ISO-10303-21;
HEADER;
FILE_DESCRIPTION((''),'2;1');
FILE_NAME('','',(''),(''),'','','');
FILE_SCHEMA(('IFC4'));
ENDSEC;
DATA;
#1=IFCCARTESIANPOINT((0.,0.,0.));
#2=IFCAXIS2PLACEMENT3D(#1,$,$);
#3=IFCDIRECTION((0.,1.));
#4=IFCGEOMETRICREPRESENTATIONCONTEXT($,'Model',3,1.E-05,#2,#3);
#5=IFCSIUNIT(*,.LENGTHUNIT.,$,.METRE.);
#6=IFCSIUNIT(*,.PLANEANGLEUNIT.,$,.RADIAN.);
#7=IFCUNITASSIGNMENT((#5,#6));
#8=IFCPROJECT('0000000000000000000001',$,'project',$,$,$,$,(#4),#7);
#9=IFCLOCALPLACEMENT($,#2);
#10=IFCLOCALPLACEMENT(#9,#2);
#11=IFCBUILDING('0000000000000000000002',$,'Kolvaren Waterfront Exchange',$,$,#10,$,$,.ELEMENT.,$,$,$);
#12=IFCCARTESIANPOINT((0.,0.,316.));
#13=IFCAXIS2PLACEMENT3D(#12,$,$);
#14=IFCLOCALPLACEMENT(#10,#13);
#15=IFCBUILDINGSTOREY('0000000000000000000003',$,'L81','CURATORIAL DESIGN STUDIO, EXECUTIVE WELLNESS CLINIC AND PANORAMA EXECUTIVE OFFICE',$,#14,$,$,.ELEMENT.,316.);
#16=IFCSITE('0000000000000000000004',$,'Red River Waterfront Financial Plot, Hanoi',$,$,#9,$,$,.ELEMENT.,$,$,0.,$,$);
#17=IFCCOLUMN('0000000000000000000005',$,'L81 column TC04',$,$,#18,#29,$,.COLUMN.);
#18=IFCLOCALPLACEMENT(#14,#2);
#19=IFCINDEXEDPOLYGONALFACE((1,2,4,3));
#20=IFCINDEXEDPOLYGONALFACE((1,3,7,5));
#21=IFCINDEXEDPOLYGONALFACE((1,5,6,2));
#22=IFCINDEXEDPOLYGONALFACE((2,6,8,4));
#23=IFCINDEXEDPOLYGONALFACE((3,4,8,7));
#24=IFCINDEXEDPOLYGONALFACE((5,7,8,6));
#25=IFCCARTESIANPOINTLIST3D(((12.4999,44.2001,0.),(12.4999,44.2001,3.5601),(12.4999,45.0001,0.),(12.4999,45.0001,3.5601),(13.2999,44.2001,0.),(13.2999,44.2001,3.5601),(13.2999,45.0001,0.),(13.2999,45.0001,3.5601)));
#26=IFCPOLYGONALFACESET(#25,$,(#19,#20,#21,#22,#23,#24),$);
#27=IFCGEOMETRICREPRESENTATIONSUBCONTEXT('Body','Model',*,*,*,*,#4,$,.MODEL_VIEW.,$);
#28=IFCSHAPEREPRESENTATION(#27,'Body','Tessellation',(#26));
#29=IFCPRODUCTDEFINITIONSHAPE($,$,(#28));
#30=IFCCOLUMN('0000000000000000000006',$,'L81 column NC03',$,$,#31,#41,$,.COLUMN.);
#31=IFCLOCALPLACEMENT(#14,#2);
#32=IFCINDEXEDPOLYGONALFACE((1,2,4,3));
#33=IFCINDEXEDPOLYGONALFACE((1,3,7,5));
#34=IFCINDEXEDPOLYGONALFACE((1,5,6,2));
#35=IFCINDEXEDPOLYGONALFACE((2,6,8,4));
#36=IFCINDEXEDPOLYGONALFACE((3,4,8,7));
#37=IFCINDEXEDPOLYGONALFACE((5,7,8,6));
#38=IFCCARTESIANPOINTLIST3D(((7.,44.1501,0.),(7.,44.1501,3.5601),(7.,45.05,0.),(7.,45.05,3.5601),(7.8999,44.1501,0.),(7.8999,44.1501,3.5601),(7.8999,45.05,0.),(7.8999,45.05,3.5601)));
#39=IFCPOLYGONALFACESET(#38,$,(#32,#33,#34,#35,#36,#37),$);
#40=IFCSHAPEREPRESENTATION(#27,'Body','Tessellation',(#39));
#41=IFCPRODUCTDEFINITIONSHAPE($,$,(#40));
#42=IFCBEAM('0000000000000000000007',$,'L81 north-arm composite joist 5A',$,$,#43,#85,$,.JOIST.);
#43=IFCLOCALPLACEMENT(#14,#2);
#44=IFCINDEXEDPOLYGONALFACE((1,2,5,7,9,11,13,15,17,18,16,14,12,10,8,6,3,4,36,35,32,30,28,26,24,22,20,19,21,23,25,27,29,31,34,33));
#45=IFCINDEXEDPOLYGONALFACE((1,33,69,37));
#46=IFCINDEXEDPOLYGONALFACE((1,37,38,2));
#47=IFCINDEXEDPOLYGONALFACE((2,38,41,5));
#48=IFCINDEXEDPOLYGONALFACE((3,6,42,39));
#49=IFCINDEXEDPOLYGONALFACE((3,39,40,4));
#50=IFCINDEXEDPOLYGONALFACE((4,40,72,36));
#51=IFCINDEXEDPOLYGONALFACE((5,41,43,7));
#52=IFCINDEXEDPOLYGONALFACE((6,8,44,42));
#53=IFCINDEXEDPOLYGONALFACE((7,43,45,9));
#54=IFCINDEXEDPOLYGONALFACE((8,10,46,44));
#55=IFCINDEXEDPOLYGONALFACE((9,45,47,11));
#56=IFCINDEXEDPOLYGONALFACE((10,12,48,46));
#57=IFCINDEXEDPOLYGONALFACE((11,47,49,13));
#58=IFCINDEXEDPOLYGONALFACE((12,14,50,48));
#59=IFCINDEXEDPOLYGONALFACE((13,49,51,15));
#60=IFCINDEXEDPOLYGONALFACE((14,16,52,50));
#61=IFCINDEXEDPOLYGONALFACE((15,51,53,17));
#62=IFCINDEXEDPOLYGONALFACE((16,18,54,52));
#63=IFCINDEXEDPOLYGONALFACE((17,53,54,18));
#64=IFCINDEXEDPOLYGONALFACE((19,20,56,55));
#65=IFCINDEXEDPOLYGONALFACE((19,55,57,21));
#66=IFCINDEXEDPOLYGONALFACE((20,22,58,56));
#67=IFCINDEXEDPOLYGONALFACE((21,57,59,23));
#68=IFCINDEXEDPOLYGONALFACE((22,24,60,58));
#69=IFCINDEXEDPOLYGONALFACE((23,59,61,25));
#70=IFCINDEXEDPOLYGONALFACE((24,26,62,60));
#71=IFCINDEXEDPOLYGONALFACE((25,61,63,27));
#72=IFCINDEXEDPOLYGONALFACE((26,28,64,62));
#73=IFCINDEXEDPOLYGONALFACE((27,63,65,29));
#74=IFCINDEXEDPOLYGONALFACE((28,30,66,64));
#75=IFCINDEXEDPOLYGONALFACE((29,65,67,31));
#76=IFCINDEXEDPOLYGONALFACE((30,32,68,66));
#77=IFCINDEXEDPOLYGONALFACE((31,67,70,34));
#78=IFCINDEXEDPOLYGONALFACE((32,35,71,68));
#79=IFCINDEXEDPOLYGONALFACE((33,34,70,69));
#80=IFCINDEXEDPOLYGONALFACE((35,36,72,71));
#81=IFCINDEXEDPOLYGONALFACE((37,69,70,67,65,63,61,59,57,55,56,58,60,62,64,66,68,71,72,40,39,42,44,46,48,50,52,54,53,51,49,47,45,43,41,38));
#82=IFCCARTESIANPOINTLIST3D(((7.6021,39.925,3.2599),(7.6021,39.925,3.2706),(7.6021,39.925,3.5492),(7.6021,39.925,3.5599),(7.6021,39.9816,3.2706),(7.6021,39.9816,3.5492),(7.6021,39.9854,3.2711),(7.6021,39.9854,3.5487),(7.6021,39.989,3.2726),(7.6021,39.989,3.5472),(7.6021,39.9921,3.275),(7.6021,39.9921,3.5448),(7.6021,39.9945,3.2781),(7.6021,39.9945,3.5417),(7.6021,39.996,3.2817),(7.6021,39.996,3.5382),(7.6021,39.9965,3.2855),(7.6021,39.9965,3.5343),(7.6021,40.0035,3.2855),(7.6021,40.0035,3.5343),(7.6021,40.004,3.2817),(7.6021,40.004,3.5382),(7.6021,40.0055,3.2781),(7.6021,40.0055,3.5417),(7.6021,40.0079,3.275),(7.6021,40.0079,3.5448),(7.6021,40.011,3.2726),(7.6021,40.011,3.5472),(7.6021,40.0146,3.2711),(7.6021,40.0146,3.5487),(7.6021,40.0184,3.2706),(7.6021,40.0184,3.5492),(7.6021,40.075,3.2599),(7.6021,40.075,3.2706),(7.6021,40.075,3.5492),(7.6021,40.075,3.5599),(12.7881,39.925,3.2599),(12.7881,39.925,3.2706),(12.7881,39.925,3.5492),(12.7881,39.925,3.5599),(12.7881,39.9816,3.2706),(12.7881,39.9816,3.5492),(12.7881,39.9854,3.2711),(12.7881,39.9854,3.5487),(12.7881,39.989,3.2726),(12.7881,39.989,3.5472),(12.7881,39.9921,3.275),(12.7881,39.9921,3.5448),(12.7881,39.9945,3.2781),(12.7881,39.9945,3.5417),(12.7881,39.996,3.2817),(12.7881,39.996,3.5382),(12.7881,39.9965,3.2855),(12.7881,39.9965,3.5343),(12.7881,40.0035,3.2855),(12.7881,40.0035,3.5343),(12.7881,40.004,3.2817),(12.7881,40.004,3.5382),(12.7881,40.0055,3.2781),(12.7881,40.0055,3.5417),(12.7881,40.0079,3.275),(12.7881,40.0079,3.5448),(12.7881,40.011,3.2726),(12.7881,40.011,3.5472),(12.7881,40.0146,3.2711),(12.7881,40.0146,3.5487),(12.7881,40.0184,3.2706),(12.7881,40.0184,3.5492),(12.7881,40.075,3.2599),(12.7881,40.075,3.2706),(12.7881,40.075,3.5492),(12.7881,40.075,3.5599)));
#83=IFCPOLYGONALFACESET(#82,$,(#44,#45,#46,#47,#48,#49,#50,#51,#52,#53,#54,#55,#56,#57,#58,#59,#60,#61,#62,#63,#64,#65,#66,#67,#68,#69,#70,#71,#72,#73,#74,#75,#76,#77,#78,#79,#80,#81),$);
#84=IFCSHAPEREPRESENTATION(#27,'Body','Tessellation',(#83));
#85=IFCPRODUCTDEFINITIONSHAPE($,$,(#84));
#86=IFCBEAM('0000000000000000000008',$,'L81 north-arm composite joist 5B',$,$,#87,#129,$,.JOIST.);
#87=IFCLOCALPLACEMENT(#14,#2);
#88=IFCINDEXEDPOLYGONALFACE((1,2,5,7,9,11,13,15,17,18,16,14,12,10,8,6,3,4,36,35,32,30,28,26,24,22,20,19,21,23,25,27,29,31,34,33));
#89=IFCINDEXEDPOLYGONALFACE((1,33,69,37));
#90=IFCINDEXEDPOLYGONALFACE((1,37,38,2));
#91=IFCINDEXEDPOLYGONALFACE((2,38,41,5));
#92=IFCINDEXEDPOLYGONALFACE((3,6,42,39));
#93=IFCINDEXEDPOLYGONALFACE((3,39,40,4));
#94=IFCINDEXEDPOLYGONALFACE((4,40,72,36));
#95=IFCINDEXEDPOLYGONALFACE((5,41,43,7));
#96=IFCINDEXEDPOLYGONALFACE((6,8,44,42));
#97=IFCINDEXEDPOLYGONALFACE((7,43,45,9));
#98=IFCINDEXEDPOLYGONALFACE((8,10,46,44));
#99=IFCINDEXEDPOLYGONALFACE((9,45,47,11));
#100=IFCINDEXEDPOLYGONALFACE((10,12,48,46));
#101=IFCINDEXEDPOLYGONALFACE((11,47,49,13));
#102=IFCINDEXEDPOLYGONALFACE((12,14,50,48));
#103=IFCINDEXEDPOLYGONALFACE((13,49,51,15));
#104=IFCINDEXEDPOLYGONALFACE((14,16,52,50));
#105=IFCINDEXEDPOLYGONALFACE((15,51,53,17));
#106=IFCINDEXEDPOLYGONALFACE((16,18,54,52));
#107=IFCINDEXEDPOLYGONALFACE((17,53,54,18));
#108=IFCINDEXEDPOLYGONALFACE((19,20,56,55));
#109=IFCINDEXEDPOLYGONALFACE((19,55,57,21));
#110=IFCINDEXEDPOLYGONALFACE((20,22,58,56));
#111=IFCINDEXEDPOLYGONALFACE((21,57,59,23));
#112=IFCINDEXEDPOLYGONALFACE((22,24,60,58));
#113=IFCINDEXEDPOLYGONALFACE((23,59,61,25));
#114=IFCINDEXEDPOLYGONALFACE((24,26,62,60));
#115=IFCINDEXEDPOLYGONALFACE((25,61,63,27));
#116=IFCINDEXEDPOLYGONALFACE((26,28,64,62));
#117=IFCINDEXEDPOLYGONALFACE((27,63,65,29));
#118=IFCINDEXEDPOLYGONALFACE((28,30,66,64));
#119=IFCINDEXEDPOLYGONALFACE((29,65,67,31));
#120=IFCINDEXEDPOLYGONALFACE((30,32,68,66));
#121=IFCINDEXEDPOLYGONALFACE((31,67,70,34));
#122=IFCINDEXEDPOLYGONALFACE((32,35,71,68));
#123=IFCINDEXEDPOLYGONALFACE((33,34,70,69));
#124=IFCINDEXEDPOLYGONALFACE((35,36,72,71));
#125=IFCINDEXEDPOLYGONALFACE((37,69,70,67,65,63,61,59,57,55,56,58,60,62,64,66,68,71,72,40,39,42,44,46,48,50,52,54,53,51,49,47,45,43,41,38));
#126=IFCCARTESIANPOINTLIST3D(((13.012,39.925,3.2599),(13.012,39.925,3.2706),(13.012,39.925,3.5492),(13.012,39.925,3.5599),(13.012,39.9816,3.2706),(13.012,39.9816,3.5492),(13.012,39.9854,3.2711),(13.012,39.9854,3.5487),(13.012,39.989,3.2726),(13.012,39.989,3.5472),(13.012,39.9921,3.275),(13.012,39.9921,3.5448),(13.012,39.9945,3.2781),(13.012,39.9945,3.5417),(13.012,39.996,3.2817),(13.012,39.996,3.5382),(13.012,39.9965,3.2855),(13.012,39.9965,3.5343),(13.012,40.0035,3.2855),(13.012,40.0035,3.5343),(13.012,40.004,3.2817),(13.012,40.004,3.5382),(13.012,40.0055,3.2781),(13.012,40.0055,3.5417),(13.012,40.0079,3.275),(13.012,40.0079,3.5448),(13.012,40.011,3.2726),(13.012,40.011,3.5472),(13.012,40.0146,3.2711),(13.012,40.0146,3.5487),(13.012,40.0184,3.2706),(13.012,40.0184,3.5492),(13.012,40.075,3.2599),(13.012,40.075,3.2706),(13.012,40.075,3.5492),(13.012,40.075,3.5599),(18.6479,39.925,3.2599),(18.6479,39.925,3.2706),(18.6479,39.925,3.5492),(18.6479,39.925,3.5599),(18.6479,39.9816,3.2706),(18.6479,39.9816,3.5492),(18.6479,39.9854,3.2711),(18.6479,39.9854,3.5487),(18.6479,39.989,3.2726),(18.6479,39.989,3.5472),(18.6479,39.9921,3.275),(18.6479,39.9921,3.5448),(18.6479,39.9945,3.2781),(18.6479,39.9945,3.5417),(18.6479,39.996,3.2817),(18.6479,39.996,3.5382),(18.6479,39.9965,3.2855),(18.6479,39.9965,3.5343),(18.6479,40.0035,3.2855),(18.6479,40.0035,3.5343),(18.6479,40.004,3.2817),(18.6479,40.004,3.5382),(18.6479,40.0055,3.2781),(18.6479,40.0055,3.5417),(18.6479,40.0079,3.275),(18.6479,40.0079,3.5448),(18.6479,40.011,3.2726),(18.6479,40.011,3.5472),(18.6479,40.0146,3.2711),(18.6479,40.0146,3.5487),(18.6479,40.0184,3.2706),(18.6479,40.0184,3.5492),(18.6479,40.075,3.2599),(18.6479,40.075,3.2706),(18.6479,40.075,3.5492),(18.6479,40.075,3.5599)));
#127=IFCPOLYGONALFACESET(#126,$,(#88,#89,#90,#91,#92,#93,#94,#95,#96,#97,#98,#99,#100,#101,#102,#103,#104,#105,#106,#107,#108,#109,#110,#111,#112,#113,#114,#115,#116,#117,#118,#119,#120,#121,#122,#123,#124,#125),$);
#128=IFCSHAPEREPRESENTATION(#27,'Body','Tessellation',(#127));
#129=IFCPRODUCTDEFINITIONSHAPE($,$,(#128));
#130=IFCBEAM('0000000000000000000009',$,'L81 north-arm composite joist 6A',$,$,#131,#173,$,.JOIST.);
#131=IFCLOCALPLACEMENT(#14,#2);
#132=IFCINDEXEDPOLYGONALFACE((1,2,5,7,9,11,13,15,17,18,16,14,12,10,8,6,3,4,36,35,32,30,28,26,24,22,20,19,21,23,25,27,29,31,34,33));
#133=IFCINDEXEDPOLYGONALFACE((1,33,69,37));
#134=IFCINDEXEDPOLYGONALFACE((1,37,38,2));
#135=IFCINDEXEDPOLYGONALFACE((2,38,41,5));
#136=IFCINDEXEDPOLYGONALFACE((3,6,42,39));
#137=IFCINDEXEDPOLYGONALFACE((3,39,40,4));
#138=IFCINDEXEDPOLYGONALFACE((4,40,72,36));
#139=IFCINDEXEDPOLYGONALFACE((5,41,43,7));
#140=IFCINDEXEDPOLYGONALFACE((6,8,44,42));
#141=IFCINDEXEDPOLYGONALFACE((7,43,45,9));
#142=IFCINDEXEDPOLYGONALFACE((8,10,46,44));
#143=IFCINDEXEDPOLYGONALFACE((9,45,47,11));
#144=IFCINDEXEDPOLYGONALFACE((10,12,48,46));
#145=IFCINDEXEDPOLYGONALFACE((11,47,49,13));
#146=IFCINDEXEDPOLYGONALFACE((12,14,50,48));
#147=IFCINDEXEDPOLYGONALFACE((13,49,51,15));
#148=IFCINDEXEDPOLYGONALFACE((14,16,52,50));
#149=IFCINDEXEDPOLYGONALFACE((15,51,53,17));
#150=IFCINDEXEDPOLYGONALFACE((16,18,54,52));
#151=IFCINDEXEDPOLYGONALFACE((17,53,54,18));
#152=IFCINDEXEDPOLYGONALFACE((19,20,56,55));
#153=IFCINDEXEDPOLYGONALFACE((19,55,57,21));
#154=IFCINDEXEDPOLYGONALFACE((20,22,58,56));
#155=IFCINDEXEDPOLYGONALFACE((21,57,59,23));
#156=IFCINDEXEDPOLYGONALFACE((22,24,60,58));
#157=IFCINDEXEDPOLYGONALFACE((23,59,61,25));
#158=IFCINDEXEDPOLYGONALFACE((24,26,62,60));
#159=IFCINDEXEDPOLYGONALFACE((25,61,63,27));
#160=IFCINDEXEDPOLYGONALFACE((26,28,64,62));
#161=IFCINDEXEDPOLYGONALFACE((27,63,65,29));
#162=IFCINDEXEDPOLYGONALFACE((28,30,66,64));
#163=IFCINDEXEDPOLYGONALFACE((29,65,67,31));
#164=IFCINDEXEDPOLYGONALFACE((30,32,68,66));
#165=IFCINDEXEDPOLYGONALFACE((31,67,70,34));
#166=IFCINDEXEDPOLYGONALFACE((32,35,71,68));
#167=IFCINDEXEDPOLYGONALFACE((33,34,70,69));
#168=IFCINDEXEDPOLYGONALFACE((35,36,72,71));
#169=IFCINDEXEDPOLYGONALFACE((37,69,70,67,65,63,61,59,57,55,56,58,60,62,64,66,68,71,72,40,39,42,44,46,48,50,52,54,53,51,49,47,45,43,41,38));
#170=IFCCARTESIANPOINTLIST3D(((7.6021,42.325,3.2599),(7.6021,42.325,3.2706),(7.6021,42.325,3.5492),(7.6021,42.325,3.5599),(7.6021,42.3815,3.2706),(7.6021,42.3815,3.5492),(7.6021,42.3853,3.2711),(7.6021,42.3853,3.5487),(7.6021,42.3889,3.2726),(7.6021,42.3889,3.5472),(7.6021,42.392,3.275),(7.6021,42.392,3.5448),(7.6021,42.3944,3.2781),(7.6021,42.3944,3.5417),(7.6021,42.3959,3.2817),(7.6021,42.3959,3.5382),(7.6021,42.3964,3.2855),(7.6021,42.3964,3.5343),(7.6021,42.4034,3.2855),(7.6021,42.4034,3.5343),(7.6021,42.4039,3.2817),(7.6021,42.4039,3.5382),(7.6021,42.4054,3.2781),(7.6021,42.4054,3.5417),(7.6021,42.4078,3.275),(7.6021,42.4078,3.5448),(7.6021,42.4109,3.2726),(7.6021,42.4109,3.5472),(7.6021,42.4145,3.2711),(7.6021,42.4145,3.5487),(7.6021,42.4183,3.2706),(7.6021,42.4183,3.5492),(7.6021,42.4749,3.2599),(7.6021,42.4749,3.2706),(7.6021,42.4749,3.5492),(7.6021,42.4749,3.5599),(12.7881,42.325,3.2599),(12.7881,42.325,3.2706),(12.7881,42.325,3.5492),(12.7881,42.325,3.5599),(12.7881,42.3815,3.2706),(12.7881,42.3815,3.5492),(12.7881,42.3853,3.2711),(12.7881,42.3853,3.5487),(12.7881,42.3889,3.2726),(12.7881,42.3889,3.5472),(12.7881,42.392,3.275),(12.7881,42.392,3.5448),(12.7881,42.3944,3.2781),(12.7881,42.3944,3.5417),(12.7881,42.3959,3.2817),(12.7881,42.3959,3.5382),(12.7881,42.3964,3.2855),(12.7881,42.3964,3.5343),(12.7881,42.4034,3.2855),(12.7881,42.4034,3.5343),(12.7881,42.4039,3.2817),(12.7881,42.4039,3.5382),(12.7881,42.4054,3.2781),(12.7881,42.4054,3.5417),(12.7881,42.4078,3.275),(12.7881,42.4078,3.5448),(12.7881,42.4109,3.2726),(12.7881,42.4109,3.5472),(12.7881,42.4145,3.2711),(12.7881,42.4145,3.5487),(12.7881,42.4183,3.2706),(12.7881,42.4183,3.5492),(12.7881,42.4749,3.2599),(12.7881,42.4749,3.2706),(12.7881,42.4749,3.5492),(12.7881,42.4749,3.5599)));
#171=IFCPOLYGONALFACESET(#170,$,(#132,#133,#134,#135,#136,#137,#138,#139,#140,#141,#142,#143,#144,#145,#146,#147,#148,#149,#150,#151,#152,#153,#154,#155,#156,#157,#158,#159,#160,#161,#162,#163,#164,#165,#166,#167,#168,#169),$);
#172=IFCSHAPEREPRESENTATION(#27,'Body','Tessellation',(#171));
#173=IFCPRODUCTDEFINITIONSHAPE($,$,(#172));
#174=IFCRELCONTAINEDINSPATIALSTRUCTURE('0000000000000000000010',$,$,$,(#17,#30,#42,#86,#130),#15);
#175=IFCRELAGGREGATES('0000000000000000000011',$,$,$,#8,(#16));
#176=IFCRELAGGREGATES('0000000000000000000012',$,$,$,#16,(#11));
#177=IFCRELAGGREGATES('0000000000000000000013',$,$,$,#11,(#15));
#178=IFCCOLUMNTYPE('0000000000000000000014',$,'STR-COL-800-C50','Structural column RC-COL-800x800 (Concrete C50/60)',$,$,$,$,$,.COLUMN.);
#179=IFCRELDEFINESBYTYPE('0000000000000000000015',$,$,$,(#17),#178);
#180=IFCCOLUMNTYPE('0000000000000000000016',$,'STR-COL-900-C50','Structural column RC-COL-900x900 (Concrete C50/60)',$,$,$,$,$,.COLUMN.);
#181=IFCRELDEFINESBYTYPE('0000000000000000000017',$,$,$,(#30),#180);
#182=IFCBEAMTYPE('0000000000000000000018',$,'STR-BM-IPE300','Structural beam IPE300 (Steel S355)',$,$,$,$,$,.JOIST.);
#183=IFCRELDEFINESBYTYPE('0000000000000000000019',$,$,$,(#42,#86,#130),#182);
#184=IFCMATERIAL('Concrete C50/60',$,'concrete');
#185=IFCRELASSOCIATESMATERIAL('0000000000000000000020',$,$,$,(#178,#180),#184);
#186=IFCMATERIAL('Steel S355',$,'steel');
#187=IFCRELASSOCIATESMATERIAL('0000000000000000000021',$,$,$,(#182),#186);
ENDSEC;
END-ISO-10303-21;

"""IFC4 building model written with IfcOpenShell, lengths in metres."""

from ifc_helpers import new_model, si_unit, direction, frame, origin, origin_2d, place, context, subcontext, project, spatial, rectangle, i_section, extrude, material, material_profile, profile_set, type_object, element, save


model = new_model("IFC4")

# Units and contexts
model_context = context("Model", 3, precision=1e-05, world=origin(), true_north=direction((0.0, 1.0)))
body_context = subcontext(model_context, "Body", "Model", "MODEL_VIEW")
ifc_project = project(units=[si_unit("LENGTHUNIT", "METRE"), si_unit("PLANEANGLEUNIT", "RADIAN")], contexts=[model_context])

# Site, building, storey
site_placement = place(None, origin())
site = spatial("IfcSite", under=ifc_project, at=site_placement, Name="Red River Waterfront Financial Plot, Hanoi", CompositionType="ELEMENT", RefElevation=0.0)
building_placement = place(site_placement, origin())
building = spatial("IfcBuilding", under=site, at=building_placement, Name="Kolvaren Waterfront Exchange", CompositionType="ELEMENT")
storey_placement = place(building_placement, frame((0.0, 0.0, 316.0)))
storey = spatial("IfcBuildingStorey", under=building, at=storey_placement, Name="L81", Description="CURATORIAL DESIGN STUDIO, EXECUTIVE WELLNESS CLINIC AND PANORAMA EXECUTIVE OFFICE", CompositionType="ELEMENT", Elevation=316.0)

# Columns
ifc_material_1 = material(Name="Concrete C50/60", Category="concrete")
ifc_material_profile_1 = material_profile(ifc_material_1, rectangle(XDim=0.8, YDim=0.8, at=origin_2d()), Name="RC-COL-800x800")
ifc_profile_set_1 = profile_set([ifc_material_profile_1], Name="Concrete C50/60")
column_type_1 = type_object("IfcColumnType", Name="STR-COL-800-C50", Description="Structural column RC-COL-800x800 (Concrete C50/60)", PredefinedType="COLUMN", material=ifc_profile_set_1)
column_1_placement = place(storey_placement, frame((12.8999, 44.6001, 0.0), z_axis=(0.0, 0.0, 1.0), x_axis=(1.0, 0.0, 0.0)))
element("IfcColumn", 1, at=column_1_placement, inside=storey, type_object=column_type_1, Name="L81 column TC04", PredefinedType="COLUMN", context=body_context, shape_type="SweptSolid", body=[
    extrude(rectangle(XDim=0.8, YDim=0.8, at=origin_2d()), origin(), (0.0, 0.0, 1.0), 3.5601),
])
ifc_material_profile_2 = material_profile(ifc_material_1, rectangle(XDim=0.8999, YDim=0.8999, at=origin_2d()), Name="RC-COL-900x900")
ifc_profile_set_2 = profile_set([ifc_material_profile_2], Name="Concrete C50/60")
column_type_2 = type_object("IfcColumnType", Name="STR-COL-900-C50", Description="Structural column RC-COL-900x900 (Concrete C50/60)", PredefinedType="COLUMN", material=ifc_profile_set_2)
column_2_placement = place(storey_placement, frame((7.45, 44.6001, 0.0), z_axis=(0.0, 0.0, 1.0), x_axis=(1.0, 0.0, 0.0)))
element("IfcColumn", 2, at=column_2_placement, inside=storey, type_object=column_type_2, Name="L81 column NC03", PredefinedType="COLUMN", context=body_context, shape_type="SweptSolid", body=[
    extrude(rectangle(XDim=0.8999, YDim=0.8999, at=origin_2d()), origin(), (0.0, 0.0, 1.0), 3.5601),
])

# Beams
ifc_material_2 = material(Name="Steel S355", Category="steel")
ifc_material_profile_3 = material_profile(ifc_material_2, i_section(OverallWidth=0.1499, OverallDepth=0.3, WebThickness=0.0071, FlangeThickness=0.0107, FilletRadius=0.0149, at=origin_2d()), Name="IPE300")
ifc_profile_set_3 = profile_set([ifc_material_profile_3], Name="Steel S355")
beam_type_1 = type_object("IfcBeamType", Name="STR-BM-IPE300", Description="Structural beam IPE300 (Steel S355)", PredefinedType="JOIST", material=ifc_profile_set_3)
beam_1_placement = place(storey_placement, frame((7.6021, 40.0, 3.4099), z_axis=(1.0, 0.0, 0.0), x_axis=(0.0, 1.0, 0.0)))
element("IfcBeam", 3, at=beam_1_placement, inside=storey, type_object=beam_type_1, Name="L81 north-arm composite joist 5A", PredefinedType="JOIST", context=body_context, shape_type="SweptSolid", body=[
    extrude(i_section(OverallWidth=0.1499, OverallDepth=0.3, WebThickness=0.0071, FlangeThickness=0.0107, FilletRadius=0.0149, at=origin_2d()), origin(), (0.0, 0.0, 1.0), 5.186),
])
beam_2_placement = place(storey_placement, frame((13.012, 40.0, 3.4099), z_axis=(1.0, 0.0, 0.0), x_axis=(0.0, 1.0, 0.0)))
element("IfcBeam", 4, at=beam_2_placement, inside=storey, type_object=beam_type_1, Name="L81 north-arm composite joist 5B", PredefinedType="JOIST", context=body_context, shape_type="SweptSolid", body=[
    extrude(i_section(OverallWidth=0.1499, OverallDepth=0.3, WebThickness=0.0071, FlangeThickness=0.0107, FilletRadius=0.0149, at=origin_2d()), origin(), (0.0, 0.0, 1.0), 5.636),
])
beam_3_placement = place(storey_placement, frame((7.6021, 42.3999, 3.4099), z_axis=(1.0, 0.0, 0.0), x_axis=(0.0, 1.0, 0.0)))
element("IfcBeam", 5, at=beam_3_placement, inside=storey, type_object=beam_type_1, Name="L81 north-arm composite joist 6A", PredefinedType="JOIST", context=body_context, shape_type="SweptSolid", body=[
    extrude(i_section(OverallWidth=0.1499, OverallDepth=0.3, WebThickness=0.0071, FlangeThickness=0.0107, FilletRadius=0.0149, at=origin_2d()), origin(), (0.0, 0.0, 1.0), 5.186),
])

save(model, "model.ifc")
